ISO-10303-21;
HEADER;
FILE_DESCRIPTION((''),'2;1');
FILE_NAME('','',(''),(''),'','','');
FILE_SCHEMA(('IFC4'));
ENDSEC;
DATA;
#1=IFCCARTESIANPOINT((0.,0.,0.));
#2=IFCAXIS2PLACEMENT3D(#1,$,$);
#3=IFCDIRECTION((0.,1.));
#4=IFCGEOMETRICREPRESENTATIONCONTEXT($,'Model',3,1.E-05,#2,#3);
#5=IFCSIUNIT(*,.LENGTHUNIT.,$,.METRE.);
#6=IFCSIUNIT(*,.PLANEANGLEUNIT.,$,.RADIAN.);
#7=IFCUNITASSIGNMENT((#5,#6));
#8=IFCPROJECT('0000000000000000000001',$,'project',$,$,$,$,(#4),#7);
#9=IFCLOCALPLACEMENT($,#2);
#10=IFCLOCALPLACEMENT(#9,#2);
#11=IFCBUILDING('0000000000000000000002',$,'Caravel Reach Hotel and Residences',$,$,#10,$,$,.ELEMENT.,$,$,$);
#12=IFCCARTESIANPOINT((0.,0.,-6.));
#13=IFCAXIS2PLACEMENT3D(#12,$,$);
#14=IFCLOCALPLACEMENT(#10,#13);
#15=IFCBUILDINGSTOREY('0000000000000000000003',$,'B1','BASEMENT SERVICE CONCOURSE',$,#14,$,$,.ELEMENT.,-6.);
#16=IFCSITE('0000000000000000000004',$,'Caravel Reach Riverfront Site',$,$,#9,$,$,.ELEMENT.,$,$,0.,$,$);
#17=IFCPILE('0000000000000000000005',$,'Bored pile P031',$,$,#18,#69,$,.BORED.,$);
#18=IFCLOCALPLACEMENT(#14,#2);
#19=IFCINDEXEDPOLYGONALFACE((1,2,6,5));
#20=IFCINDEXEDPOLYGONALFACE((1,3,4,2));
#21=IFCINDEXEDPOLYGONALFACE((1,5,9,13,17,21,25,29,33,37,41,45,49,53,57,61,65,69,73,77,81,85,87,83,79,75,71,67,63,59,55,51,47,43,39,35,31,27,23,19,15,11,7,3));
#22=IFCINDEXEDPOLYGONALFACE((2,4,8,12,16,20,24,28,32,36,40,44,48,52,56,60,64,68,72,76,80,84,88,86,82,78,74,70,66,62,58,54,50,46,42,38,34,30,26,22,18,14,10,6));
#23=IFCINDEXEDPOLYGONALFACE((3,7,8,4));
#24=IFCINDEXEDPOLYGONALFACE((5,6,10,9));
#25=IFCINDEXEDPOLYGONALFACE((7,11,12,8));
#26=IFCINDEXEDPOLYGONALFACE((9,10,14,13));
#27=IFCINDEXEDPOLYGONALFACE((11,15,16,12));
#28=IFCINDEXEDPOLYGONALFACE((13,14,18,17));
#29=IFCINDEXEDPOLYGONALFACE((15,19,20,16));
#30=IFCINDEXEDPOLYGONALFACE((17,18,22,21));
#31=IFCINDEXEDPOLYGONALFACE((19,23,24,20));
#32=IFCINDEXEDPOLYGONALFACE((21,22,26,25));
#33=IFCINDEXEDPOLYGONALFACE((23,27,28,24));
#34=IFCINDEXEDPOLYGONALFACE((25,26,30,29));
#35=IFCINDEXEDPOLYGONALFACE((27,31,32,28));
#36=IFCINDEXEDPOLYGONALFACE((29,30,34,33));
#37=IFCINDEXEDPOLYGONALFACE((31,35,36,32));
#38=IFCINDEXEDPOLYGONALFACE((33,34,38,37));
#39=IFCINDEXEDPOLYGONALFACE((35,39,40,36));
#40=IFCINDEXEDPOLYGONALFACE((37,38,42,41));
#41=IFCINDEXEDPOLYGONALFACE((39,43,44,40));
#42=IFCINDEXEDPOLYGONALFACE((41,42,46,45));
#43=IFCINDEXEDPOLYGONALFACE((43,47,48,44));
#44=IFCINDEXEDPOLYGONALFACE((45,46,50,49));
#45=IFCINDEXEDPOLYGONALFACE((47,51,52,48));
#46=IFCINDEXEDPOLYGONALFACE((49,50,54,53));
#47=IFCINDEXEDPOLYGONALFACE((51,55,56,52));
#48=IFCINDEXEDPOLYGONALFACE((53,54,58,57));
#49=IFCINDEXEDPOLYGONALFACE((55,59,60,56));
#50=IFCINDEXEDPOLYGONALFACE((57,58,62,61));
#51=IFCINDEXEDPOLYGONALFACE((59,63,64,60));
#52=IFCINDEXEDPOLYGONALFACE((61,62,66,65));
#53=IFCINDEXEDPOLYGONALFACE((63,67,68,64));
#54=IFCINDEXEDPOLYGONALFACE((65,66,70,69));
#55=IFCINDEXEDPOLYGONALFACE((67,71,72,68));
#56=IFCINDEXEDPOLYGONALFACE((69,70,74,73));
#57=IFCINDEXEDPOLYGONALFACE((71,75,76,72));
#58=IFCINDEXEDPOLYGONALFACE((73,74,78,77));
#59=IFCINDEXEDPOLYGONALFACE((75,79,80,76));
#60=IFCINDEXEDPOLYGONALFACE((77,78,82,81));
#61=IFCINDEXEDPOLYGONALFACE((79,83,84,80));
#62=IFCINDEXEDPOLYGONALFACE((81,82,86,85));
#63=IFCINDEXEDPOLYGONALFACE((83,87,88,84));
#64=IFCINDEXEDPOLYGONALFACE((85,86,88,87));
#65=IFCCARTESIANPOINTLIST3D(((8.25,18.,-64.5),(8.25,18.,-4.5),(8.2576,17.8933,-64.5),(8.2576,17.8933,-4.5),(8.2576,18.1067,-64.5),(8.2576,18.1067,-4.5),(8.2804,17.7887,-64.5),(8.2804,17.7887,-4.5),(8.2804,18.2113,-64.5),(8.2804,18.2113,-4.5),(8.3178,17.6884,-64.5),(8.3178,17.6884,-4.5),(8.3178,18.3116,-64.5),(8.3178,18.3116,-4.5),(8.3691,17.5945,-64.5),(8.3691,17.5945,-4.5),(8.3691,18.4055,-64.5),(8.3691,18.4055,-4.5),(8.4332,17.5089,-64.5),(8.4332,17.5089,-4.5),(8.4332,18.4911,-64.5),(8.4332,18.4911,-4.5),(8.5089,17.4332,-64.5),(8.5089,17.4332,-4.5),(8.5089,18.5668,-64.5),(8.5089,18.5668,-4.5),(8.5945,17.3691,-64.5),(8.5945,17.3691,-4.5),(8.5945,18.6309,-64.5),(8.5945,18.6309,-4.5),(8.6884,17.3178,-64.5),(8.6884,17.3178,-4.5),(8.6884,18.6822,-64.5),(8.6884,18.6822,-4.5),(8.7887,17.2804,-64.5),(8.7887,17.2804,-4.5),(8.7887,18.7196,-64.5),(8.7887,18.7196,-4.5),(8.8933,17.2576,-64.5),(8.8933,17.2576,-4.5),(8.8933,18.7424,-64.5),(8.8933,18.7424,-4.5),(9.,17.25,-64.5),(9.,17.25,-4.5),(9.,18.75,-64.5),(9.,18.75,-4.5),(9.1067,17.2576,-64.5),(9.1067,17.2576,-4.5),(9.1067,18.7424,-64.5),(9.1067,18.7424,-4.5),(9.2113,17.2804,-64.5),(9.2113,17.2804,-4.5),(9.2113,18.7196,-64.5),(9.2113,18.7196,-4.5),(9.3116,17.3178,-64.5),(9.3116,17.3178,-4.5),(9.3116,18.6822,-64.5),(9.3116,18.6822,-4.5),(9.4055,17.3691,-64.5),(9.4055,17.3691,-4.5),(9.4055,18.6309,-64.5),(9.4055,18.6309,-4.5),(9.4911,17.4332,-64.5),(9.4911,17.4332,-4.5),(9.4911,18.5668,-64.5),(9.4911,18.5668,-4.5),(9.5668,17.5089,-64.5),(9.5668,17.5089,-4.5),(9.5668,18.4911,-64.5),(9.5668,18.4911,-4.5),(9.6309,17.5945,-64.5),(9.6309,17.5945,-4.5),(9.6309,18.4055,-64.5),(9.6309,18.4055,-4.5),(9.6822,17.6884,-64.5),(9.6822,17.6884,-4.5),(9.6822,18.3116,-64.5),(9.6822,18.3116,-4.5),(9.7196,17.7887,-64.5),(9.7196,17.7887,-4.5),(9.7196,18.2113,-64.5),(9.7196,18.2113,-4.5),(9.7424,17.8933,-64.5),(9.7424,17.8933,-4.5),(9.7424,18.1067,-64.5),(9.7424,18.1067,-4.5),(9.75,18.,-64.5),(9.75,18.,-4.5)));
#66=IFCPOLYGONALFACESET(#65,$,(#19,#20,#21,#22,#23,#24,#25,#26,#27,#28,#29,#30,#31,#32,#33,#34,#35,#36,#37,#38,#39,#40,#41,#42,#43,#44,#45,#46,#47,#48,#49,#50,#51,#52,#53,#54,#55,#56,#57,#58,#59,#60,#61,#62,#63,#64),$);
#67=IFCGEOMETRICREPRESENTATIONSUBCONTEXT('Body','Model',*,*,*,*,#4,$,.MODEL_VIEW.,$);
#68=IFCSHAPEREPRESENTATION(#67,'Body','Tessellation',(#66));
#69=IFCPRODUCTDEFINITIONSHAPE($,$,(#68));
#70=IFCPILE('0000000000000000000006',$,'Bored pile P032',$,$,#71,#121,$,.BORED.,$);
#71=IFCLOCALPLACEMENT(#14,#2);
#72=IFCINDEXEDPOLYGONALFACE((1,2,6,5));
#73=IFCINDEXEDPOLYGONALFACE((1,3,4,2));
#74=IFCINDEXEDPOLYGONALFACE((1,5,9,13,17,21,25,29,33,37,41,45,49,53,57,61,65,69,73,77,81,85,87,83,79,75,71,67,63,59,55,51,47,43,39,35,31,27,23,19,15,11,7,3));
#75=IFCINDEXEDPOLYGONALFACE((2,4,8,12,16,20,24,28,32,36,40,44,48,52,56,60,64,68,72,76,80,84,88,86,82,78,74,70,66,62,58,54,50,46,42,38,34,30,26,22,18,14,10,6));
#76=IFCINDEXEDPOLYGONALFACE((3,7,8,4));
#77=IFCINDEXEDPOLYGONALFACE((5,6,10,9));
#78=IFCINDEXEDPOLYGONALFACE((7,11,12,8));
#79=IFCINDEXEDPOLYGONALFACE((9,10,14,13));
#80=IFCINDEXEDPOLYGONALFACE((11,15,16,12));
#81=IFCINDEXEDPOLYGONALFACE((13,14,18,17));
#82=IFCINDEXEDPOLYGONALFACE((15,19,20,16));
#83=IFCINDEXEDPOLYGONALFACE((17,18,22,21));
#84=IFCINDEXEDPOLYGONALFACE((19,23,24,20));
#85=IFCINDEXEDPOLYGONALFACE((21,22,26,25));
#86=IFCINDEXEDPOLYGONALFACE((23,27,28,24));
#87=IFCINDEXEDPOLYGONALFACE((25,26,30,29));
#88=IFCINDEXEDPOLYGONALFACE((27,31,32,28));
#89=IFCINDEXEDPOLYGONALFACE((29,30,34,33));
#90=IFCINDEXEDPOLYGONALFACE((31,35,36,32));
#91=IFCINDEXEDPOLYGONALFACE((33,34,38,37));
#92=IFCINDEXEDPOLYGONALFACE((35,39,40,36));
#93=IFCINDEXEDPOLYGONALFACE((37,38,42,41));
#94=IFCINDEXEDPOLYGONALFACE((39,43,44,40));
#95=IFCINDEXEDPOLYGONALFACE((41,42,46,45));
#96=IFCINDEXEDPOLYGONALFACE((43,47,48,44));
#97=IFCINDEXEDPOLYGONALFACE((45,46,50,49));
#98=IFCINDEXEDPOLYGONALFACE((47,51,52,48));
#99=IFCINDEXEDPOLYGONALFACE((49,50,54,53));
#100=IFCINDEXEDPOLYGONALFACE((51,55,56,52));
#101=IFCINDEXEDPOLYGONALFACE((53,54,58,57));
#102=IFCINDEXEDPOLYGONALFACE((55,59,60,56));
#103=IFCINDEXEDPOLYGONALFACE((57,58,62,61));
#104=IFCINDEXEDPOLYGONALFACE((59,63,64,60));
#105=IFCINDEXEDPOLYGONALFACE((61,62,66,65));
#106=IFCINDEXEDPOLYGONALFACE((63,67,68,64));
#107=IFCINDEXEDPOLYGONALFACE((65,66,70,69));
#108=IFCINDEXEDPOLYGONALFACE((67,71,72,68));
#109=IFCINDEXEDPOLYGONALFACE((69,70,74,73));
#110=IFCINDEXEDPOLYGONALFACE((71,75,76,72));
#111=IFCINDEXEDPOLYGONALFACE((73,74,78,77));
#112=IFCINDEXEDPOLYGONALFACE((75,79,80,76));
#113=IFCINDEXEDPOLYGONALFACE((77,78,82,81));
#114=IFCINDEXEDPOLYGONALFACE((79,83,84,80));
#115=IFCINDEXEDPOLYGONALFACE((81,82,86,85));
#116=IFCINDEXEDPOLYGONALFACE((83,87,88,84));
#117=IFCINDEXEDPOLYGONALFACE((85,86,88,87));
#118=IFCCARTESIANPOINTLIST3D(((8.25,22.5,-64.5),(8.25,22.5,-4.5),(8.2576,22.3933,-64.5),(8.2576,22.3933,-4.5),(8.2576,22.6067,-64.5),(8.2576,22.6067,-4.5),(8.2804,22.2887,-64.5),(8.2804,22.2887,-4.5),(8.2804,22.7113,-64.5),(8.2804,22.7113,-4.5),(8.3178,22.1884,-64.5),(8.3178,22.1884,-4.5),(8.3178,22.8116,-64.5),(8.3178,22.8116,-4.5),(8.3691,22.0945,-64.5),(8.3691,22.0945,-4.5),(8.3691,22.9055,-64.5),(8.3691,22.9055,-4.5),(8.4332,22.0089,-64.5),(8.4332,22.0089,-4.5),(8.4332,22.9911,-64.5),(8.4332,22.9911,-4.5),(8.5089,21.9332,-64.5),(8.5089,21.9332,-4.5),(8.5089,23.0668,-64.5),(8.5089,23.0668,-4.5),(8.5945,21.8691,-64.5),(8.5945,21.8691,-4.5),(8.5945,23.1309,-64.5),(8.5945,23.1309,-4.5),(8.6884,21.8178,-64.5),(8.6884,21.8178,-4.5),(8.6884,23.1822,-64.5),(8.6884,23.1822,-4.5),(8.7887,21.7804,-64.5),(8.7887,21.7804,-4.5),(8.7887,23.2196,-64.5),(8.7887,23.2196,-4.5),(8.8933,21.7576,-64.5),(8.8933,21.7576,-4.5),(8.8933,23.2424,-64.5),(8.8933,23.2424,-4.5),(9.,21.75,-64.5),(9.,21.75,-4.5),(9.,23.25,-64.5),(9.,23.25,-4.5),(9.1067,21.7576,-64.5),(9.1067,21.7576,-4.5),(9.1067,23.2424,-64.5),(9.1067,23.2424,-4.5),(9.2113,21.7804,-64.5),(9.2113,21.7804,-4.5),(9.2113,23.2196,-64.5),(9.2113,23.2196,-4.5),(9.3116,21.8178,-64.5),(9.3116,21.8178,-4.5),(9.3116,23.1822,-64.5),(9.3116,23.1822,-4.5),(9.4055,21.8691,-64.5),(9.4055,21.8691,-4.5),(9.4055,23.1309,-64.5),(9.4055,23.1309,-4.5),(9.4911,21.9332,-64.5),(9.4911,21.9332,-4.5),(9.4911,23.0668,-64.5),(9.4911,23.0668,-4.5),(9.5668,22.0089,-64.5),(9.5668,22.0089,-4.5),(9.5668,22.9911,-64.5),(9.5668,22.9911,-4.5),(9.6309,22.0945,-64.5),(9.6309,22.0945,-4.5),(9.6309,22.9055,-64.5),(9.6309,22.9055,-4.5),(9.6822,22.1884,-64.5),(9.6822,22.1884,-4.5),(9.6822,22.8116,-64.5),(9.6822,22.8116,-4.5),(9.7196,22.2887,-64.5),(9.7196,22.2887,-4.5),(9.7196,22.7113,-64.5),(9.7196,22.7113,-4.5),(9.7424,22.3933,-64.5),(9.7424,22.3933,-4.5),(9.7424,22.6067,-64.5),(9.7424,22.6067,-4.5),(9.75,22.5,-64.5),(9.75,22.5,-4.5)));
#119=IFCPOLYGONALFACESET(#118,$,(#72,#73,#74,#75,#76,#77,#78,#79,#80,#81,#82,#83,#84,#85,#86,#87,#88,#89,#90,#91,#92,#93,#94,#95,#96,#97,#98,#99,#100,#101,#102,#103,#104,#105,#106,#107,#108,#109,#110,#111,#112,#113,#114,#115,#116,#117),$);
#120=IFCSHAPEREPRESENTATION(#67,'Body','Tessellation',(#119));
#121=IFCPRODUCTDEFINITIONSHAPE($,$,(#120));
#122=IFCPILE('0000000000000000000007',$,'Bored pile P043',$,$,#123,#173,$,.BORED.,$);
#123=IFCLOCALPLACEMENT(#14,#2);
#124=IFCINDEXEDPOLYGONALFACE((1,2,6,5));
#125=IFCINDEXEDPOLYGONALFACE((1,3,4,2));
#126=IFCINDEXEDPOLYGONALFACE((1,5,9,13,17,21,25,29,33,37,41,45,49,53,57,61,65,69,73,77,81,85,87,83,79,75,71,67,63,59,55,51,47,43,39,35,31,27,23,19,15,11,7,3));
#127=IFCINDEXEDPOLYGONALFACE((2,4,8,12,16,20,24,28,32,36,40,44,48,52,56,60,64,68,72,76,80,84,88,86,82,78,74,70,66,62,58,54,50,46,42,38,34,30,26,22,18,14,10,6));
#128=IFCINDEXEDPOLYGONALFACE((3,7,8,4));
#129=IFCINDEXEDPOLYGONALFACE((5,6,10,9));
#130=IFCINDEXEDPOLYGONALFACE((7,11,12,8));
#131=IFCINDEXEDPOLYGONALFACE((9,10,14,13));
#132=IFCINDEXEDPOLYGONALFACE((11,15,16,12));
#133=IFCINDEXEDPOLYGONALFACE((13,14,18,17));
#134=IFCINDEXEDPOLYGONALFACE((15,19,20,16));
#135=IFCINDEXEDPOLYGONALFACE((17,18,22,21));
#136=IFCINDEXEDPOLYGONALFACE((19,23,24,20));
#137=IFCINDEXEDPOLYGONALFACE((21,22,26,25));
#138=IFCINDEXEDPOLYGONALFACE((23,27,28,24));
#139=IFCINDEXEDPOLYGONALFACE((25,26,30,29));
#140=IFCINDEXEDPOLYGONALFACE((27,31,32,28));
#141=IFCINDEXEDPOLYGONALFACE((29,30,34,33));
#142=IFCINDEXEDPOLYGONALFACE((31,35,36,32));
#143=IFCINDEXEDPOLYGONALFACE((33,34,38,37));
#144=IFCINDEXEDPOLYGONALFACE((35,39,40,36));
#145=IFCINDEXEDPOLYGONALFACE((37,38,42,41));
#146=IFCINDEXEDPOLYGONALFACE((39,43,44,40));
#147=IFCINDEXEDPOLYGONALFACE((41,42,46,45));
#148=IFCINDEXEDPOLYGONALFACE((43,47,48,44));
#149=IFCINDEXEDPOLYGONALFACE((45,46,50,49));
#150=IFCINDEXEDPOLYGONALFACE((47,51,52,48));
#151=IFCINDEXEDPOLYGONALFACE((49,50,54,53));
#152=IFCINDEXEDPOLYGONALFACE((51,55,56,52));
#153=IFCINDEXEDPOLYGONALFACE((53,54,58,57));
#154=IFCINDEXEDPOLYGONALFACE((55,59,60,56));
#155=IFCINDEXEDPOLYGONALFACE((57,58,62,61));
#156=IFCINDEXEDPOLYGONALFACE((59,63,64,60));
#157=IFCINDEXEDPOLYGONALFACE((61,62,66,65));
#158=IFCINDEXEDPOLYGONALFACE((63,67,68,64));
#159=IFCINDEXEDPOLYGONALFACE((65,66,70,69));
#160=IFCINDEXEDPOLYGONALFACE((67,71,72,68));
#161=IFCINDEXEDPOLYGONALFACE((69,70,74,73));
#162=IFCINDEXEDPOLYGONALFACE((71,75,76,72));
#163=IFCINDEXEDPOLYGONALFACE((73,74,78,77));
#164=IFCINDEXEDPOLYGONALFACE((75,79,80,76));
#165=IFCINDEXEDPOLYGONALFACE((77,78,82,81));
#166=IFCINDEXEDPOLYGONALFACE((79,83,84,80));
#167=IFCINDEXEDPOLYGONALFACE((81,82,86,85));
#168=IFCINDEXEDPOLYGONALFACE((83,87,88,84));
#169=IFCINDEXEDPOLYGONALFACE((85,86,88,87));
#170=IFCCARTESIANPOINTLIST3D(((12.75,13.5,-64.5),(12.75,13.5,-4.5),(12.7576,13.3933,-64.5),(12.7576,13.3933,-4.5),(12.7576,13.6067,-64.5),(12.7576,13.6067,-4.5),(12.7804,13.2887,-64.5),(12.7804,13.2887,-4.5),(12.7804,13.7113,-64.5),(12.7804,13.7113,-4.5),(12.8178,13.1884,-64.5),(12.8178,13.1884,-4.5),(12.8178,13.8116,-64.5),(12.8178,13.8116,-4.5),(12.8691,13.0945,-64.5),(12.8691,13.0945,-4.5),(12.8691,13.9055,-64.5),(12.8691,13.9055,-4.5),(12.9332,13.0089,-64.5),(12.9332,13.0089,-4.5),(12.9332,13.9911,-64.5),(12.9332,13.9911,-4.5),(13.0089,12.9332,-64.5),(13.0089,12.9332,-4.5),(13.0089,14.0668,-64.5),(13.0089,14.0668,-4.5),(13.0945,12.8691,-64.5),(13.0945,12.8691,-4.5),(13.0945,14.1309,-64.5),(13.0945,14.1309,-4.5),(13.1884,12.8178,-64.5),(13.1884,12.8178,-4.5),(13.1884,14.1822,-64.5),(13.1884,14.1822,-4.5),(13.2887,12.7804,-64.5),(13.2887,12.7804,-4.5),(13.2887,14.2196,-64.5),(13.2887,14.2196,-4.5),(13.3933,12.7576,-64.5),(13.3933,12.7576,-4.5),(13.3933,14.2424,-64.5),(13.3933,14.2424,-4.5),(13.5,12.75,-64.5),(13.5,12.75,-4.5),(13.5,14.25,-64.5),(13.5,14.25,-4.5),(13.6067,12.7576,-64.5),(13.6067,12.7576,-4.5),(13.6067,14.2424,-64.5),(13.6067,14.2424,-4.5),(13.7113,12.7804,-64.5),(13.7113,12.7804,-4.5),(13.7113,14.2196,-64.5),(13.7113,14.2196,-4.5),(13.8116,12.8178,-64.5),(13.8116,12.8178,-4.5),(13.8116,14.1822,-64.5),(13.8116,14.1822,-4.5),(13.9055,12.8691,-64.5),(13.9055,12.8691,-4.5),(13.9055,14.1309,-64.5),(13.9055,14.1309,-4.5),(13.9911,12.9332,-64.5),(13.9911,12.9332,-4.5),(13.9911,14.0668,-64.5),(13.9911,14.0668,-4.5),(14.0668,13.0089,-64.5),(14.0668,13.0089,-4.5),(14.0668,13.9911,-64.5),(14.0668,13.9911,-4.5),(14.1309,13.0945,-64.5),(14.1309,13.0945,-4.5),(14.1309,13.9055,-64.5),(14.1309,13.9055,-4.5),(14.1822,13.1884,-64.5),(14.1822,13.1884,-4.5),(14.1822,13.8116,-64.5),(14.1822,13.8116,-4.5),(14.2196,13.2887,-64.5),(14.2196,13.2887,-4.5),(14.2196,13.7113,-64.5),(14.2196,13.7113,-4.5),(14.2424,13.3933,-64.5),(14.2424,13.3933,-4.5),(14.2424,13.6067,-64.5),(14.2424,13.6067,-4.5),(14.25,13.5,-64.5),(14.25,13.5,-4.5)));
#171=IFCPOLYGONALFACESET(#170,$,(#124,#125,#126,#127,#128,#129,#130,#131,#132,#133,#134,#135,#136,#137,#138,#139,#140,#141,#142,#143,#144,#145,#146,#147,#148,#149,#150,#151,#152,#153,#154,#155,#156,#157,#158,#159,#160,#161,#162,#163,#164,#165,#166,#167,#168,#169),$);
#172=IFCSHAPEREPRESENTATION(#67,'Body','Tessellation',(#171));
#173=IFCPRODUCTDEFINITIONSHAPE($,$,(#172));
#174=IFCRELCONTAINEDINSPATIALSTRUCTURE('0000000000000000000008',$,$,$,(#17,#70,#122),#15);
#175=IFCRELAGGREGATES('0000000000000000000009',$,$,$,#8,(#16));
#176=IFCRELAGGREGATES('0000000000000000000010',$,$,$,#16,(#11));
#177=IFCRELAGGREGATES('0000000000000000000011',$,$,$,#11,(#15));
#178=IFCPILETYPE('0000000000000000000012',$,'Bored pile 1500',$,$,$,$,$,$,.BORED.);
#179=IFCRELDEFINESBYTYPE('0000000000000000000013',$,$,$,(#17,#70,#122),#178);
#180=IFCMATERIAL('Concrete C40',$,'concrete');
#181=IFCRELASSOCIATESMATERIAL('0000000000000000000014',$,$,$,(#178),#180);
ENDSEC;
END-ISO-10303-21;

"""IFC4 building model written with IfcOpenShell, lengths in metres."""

from ifc_helpers import new_model, si_unit, direction, frame, origin, origin_2d, place, context, subcontext, project, spatial, circle, extrude, material, material_profile, profile_set, type_object, element, save


model = new_model("IFC4")

# Units and contexts
model_context = context("Model", 3, precision=1e-05, world=origin(), true_north=direction((0.0, 1.0)))
body_context = subcontext(model_context, "Body", "Model", "MODEL_VIEW")
ifc_project = project(units=[si_unit("LENGTHUNIT", "METRE"), si_unit("PLANEANGLEUNIT", "RADIAN")], contexts=[model_context])

# Site, building, storey
site_placement = place(None, origin())
site = spatial("IfcSite", under=ifc_project, at=site_placement, Name="Caravel Reach Riverfront Site", CompositionType="ELEMENT", RefElevation=0.0)
building_placement = place(site_placement, origin())
building = spatial("IfcBuilding", under=site, at=building_placement, Name="Caravel Reach Hotel and Residences", CompositionType="ELEMENT")
storey_placement = place(building_placement, frame((0.0, 0.0, -6.0)))
storey = spatial("IfcBuildingStorey", under=building, at=storey_placement, Name="B1", Description="BASEMENT SERVICE CONCOURSE", CompositionType="ELEMENT", Elevation=-6.0)

# Piles
ifc_material_1 = material(Name="Concrete C40", Category="concrete")
ifc_material_profile_1 = material_profile(ifc_material_1, circle(Radius=0.75, at=origin_2d()), Name="PILE 1500")
ifc_profile_set_1 = profile_set([ifc_material_profile_1], Name="Concrete C40")
pile_type = type_object("IfcPileType", Name="Bored pile 1500", PredefinedType="BORED", material=ifc_profile_set_1)
for number, where, z_axis, x_axis, name in (
    (1, (9.0, 18.0, -4.5), (0.0, 0.0, -1.0), (1.0, 0.0, 0.0), "Bored pile P031"),
    (2, (9.0, 22.5, -4.5), (0.0, 0.0, -1.0), (1.0, 0.0, 0.0), "Bored pile P032"),
    (3, (13.5, 13.5, -4.5), (0.0, 0.0, -1.0), (1.0, 0.0, 0.0), "Bored pile P043"),
):
    element("IfcPile", number, at=place(storey_placement, frame(where, z_axis=z_axis, x_axis=x_axis)), inside=storey, type_object=pile_type, Name=name, PredefinedType="BORED", context=body_context, shape_type="SweptSolid", body=[
        extrude(circle(Radius=0.75, at=origin_2d()), origin(), (0.0, 0.0, 1.0), 60.0),
    ])

save(model, "model.ifc")
